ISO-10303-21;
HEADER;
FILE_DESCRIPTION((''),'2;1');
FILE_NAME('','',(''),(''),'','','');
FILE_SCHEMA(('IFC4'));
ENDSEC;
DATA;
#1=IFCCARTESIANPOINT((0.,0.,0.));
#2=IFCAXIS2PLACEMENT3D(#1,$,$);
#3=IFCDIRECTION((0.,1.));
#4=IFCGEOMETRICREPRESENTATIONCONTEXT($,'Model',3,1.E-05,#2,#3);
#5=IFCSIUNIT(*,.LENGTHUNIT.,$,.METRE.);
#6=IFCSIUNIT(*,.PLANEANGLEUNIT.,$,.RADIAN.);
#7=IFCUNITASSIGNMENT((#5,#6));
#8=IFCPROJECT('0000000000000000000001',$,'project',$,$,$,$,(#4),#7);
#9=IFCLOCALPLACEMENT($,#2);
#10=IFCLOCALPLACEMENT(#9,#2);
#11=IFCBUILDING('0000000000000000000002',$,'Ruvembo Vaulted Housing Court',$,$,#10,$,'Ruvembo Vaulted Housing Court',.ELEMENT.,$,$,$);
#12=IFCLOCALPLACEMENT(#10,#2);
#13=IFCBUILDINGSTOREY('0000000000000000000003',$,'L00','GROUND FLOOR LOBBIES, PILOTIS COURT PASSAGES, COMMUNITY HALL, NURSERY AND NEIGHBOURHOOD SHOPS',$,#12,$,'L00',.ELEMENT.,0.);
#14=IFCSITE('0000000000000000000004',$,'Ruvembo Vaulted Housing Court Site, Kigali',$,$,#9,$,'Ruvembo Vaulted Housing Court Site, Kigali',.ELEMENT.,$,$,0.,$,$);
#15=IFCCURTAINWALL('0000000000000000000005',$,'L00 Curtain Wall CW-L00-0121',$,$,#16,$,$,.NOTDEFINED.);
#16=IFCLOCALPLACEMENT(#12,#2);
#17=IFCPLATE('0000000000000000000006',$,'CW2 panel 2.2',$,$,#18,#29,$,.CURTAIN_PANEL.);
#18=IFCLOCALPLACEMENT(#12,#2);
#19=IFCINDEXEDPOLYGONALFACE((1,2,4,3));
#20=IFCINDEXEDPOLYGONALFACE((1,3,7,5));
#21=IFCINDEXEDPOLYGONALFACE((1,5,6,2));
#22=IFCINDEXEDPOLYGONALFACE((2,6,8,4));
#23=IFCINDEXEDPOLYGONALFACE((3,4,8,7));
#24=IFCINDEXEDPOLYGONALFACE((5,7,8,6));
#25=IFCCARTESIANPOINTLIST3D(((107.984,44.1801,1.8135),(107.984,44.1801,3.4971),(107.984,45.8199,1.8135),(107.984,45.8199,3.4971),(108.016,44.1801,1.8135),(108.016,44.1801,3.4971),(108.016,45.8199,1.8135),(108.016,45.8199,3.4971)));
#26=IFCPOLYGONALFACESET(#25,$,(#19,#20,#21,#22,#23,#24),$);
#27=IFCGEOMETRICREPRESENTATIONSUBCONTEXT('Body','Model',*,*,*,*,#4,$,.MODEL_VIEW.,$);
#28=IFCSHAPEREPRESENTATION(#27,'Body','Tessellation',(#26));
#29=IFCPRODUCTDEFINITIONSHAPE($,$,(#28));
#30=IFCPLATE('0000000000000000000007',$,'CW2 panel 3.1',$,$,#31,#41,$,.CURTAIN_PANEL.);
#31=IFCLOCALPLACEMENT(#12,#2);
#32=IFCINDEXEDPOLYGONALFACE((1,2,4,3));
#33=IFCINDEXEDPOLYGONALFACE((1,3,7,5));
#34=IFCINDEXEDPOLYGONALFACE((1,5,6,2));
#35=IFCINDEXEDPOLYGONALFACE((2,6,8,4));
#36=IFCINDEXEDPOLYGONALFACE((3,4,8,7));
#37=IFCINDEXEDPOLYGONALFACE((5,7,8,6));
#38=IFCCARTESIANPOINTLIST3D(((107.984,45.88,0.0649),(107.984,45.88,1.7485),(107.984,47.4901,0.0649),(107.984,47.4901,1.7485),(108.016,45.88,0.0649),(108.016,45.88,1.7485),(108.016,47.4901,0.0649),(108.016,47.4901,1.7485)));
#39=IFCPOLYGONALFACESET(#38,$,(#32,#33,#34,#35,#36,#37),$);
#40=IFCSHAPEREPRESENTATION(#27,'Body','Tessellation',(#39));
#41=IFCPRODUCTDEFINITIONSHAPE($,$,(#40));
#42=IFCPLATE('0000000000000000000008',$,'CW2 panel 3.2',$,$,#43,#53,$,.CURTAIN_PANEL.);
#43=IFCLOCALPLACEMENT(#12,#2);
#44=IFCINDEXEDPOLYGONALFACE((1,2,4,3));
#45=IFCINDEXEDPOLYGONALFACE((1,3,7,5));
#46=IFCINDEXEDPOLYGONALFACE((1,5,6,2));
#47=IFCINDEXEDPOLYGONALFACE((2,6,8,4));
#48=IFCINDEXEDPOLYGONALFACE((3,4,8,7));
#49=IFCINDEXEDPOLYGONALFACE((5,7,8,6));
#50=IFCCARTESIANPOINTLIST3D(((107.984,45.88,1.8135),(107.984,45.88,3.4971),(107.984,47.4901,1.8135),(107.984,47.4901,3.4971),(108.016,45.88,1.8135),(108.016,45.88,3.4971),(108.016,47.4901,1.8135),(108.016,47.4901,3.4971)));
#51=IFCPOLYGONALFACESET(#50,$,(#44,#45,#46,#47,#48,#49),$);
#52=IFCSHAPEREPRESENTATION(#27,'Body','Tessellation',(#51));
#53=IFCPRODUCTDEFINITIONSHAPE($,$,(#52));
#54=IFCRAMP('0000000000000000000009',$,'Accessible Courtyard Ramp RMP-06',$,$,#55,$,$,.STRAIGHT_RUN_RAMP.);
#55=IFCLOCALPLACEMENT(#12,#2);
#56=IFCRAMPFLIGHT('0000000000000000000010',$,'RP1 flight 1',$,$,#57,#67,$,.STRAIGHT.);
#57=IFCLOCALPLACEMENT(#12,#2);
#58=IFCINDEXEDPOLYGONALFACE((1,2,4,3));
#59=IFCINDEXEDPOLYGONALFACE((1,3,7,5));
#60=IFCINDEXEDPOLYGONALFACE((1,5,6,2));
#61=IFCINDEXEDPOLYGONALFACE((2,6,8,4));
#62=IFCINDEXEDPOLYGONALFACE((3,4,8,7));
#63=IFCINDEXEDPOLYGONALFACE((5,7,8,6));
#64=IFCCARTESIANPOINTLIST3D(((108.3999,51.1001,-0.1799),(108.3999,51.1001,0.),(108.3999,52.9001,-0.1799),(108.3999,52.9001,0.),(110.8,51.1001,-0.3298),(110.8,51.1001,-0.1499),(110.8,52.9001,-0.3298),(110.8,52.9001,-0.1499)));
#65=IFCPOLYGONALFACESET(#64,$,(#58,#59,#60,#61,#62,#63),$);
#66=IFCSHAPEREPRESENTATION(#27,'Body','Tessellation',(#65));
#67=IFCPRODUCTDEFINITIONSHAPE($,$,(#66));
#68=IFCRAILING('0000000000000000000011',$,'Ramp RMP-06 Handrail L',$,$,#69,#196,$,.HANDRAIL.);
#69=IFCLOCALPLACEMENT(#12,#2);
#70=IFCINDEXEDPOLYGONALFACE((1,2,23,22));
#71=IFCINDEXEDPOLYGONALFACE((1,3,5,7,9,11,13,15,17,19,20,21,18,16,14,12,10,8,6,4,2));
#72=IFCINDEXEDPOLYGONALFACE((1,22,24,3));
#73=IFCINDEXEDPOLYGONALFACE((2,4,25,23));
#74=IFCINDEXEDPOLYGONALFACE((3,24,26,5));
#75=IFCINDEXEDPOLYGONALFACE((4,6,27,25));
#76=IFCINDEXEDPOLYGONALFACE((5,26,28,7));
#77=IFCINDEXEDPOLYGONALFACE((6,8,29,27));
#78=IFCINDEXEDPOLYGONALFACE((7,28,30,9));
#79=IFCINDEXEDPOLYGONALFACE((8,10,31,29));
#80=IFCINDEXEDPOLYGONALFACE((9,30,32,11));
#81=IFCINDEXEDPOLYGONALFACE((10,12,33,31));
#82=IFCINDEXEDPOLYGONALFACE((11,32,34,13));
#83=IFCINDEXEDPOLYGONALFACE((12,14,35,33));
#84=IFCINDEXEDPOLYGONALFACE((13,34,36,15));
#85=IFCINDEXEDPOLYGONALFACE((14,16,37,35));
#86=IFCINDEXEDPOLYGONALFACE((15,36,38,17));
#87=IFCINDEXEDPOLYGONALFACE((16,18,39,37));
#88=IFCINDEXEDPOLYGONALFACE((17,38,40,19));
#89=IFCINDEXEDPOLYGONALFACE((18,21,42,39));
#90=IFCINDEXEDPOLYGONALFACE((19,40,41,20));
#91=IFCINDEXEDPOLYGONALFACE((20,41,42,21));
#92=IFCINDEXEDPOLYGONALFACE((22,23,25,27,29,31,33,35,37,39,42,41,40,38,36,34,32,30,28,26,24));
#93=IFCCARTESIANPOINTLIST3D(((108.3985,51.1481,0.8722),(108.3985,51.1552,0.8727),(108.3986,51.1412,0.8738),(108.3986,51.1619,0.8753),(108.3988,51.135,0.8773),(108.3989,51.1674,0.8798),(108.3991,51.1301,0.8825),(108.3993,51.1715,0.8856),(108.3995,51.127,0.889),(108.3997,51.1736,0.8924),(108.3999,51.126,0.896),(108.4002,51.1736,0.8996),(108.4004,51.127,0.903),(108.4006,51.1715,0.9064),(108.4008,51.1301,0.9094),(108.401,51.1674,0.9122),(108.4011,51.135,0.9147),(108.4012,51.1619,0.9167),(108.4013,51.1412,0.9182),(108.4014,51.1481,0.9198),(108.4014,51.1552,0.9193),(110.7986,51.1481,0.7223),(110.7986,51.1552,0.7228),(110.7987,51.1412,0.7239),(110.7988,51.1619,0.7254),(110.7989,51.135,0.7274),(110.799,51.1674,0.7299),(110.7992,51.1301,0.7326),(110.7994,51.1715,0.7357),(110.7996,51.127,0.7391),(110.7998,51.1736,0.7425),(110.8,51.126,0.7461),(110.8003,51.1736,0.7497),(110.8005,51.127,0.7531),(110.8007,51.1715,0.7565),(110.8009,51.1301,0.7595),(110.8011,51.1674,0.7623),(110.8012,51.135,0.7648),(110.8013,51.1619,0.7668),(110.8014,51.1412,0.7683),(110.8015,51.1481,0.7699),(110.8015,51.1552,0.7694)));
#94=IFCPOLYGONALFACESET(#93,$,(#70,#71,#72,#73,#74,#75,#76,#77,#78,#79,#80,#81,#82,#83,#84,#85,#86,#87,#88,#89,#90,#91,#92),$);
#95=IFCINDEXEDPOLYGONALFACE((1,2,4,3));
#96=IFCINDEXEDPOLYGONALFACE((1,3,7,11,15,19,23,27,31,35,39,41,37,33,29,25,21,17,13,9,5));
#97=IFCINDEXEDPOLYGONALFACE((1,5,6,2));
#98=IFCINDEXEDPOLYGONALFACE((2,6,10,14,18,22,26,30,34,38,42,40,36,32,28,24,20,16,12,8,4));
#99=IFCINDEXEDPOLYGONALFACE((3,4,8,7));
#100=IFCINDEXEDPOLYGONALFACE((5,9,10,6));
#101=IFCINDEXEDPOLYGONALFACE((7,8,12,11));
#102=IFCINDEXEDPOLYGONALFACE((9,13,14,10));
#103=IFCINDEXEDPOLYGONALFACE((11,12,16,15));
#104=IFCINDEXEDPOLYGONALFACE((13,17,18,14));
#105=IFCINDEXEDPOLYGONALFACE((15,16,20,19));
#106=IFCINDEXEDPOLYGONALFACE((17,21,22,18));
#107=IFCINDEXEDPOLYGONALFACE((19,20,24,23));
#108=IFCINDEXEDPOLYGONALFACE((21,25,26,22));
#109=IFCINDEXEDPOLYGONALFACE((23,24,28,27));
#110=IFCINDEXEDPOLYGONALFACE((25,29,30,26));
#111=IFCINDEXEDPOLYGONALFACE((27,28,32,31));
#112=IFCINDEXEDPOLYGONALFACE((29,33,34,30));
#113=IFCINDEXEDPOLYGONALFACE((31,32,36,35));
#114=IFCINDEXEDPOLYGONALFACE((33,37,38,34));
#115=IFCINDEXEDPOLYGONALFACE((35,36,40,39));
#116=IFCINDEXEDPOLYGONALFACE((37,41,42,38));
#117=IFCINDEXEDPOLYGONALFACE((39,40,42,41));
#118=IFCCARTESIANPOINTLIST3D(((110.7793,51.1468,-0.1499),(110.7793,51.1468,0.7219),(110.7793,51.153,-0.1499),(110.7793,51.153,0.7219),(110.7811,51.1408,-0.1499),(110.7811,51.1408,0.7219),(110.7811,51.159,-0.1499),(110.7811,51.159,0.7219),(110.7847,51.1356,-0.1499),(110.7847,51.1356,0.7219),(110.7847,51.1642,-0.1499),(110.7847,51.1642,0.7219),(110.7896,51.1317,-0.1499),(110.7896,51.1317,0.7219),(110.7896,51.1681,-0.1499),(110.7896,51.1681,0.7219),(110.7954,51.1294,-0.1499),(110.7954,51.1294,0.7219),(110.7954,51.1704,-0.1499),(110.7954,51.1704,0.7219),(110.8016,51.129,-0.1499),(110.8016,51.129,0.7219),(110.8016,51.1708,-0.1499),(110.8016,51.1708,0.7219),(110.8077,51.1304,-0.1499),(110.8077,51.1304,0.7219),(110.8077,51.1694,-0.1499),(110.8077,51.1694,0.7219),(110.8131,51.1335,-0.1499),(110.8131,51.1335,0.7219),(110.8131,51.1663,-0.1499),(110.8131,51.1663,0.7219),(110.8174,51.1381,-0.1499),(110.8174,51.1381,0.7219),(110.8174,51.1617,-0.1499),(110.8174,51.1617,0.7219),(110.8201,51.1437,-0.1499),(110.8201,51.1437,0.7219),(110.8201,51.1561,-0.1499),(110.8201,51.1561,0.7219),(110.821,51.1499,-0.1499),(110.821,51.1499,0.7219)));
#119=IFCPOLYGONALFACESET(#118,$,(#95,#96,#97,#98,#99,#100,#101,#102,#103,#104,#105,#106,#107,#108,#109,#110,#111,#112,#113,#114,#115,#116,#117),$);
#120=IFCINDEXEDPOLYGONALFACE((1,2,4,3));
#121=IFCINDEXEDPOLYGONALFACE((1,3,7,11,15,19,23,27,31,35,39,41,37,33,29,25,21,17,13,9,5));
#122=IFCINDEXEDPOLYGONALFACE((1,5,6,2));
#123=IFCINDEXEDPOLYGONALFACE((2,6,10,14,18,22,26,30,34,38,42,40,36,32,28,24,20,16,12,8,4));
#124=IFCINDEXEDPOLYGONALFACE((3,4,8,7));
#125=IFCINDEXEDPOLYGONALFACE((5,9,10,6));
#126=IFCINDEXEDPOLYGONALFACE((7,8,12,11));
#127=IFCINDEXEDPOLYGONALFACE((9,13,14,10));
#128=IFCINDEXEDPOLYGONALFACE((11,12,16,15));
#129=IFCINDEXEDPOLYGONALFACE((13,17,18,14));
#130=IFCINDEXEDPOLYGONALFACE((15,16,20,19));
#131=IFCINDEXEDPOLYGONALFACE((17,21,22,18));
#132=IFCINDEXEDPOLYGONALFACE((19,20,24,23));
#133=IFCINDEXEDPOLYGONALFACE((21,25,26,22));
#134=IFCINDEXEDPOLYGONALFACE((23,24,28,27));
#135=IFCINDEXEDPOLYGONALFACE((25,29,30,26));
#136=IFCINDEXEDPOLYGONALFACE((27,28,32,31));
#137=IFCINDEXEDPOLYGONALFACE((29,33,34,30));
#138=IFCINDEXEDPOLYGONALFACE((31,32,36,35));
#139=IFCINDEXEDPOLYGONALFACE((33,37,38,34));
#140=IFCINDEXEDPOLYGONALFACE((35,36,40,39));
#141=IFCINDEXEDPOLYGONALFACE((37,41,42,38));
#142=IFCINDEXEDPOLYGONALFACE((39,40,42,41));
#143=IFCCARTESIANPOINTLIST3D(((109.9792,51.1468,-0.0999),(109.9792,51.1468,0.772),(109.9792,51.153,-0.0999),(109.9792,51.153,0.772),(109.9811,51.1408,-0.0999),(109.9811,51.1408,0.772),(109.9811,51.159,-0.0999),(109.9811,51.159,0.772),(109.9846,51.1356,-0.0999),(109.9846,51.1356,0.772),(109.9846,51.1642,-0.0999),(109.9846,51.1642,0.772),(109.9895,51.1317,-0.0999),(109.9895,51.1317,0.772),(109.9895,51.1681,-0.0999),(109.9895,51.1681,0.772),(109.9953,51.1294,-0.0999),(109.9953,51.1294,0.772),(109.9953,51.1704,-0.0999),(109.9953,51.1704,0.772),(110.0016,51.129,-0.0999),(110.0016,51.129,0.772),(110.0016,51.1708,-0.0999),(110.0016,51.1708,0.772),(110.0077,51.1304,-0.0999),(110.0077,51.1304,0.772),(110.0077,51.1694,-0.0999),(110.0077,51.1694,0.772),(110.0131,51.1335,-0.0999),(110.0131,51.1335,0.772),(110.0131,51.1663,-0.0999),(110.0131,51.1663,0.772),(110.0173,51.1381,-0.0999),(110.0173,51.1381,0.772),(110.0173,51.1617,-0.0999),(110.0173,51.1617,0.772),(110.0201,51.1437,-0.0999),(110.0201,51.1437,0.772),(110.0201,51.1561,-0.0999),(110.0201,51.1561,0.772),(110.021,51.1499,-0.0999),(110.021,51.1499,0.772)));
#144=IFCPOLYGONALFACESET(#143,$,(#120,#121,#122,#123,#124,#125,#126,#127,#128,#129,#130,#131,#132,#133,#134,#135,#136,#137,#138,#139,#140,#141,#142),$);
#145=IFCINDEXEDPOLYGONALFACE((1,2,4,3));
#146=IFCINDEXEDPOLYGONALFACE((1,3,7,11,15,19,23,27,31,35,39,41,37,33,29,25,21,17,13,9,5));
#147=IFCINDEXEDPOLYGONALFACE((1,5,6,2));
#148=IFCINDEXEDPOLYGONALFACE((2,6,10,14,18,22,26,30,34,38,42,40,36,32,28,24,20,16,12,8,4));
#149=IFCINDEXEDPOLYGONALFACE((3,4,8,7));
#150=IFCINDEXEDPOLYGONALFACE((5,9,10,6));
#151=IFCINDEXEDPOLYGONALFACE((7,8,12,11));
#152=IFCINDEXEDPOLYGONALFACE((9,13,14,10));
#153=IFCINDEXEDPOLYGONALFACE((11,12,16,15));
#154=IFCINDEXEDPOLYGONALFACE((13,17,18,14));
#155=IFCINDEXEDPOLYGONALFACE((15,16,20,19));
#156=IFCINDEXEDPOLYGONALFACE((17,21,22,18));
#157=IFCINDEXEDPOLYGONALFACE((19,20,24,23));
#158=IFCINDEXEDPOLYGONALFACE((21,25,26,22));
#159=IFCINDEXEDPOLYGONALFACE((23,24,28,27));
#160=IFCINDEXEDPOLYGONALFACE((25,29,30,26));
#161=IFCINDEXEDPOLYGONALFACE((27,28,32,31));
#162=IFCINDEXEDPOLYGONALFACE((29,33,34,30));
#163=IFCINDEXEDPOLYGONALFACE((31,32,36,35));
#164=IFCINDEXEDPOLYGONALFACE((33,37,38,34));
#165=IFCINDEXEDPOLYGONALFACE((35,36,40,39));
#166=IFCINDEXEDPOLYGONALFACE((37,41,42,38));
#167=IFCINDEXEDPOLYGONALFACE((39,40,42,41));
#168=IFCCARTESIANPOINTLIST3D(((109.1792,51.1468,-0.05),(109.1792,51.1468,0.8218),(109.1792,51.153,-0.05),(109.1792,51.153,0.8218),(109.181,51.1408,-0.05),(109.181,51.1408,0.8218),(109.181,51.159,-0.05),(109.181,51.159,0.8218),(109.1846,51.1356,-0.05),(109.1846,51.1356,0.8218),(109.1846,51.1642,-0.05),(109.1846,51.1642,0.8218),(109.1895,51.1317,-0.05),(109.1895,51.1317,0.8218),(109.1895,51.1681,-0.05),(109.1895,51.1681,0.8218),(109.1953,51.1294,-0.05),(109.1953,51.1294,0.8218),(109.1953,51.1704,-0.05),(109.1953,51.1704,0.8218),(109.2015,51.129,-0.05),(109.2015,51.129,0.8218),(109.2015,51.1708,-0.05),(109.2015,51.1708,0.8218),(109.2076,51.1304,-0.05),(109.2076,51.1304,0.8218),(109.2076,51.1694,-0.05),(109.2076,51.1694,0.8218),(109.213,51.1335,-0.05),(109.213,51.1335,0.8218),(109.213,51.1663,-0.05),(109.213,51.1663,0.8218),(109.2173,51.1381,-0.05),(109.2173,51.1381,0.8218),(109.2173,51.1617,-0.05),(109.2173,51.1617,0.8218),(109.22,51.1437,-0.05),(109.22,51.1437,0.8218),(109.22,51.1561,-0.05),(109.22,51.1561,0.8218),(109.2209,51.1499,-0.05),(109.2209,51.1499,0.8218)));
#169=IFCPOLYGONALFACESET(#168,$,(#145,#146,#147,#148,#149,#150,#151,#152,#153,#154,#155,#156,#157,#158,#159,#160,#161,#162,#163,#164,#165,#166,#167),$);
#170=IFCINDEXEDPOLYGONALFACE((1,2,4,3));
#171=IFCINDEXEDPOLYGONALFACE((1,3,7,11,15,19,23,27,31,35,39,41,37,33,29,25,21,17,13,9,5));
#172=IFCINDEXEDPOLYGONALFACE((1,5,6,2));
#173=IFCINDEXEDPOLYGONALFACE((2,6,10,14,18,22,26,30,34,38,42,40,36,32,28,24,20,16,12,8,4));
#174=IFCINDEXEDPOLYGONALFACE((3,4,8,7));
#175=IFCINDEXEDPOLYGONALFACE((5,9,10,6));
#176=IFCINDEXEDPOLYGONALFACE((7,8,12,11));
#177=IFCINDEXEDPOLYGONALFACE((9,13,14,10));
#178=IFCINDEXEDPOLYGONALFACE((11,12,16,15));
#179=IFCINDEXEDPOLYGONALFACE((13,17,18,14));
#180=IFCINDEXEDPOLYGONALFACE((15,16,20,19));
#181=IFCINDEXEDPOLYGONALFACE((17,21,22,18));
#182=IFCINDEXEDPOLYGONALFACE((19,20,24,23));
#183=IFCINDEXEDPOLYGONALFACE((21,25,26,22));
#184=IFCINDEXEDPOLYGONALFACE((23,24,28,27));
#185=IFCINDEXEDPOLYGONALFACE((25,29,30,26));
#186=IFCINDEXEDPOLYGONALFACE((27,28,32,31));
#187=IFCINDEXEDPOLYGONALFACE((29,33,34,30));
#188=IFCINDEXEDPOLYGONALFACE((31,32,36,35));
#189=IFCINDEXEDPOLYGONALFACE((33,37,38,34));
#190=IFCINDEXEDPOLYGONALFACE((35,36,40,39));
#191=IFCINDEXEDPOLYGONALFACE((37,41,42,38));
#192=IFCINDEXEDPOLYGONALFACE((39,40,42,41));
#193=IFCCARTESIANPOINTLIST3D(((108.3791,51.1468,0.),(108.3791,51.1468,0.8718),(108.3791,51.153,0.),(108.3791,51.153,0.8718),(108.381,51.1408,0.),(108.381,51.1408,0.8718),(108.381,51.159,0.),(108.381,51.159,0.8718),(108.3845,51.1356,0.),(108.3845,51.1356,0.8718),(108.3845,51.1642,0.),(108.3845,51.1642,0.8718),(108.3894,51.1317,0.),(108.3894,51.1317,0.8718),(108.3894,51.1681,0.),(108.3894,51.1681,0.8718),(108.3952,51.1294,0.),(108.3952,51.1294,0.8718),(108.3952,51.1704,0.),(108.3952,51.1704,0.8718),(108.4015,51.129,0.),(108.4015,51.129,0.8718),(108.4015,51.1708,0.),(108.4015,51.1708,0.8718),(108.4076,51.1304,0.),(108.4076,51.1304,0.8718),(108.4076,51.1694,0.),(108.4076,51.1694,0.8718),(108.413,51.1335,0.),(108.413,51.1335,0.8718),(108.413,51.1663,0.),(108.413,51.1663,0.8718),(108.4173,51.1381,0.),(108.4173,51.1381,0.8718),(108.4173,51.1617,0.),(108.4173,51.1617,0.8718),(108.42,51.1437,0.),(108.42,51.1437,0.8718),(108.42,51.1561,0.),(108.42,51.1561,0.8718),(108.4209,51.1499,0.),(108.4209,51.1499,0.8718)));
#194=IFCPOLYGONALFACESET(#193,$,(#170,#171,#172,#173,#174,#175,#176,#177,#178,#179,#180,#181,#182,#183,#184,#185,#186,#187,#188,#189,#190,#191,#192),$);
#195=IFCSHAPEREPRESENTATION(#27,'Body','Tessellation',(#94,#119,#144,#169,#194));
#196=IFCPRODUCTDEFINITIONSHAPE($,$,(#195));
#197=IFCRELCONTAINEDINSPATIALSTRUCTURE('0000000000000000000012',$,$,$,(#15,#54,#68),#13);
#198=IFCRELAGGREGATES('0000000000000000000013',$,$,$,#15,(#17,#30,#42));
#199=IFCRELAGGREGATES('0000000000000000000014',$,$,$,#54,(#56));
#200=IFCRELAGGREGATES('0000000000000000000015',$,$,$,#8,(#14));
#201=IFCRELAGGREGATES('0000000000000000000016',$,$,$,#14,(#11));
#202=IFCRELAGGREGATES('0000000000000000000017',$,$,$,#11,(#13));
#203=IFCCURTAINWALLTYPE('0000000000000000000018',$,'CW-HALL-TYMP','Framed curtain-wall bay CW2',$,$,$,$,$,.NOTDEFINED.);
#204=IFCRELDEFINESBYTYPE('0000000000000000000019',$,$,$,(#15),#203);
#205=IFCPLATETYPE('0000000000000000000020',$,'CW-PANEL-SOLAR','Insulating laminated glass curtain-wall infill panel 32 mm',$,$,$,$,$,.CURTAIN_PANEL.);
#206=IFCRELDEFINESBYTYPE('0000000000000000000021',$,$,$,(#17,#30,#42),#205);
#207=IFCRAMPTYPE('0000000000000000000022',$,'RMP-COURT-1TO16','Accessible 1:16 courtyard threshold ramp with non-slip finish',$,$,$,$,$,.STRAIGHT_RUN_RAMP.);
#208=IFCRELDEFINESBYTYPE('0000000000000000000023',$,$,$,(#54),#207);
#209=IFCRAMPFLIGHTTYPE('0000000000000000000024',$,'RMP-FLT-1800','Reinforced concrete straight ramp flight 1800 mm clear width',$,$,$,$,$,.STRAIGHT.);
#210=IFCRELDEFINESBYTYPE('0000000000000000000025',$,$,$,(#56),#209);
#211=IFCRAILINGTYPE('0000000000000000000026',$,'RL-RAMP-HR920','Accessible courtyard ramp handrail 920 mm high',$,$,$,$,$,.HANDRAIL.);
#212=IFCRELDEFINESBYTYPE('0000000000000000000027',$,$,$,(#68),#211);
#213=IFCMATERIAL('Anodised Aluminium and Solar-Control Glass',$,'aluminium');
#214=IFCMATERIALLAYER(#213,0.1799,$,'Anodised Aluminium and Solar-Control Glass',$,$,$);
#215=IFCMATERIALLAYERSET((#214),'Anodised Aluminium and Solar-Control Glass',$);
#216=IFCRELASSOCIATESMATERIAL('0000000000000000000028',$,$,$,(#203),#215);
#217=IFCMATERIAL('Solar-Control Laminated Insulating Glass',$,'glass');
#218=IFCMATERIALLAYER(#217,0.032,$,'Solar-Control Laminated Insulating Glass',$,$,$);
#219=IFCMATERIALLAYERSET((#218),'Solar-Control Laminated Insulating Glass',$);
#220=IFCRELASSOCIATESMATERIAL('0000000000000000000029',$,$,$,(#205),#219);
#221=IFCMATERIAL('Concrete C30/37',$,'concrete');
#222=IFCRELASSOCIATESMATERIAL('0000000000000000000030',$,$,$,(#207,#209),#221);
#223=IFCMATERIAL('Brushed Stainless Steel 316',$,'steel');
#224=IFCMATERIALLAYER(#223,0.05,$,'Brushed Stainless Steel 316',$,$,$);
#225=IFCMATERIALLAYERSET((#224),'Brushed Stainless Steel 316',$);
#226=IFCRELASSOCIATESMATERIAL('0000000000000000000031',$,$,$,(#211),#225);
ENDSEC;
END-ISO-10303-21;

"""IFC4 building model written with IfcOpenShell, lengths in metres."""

from ifc_helpers import new_model, si_unit, direction, frame, origin, origin_2d, place, context, subcontext, project, spatial, polyline, rectangle, circle, outline, extrude, material, layer, layer_set, type_object, element, aggregate, save


model = new_model("IFC4")

# Units and contexts
model_context = context("Model", 3, precision=1e-05, world=origin(), true_north=direction((0.0, 1.0)))
body_context = subcontext(model_context, "Body", "Model", "MODEL_VIEW")
ifc_project = project(units=[si_unit("LENGTHUNIT", "METRE"), si_unit("PLANEANGLEUNIT", "RADIAN")], contexts=[model_context])

# Site, building, storey
site_placement = place(None, origin())
site = spatial("IfcSite", under=ifc_project, at=site_placement, Name="Ruvembo Vaulted Housing Court Site, Kigali", LongName="Ruvembo Vaulted Housing Court Site, Kigali", CompositionType="ELEMENT", RefElevation=0.0)
building_placement = place(site_placement, origin())
building = spatial("IfcBuilding", under=site, at=building_placement, Name="Ruvembo Vaulted Housing Court", LongName="Ruvembo Vaulted Housing Court", CompositionType="ELEMENT")
storey_placement = place(building_placement, origin())
storey = spatial("IfcBuildingStorey", under=building, at=storey_placement, Name="L00", Description="GROUND FLOOR LOBBIES, PILOTIS COURT PASSAGES, COMMUNITY HALL, NURSERY AND NEIGHBOURHOOD SHOPS", LongName="L00", CompositionType="ELEMENT", Elevation=0.0)

# Curtain wall
ifc_material_1 = material(Name="Anodised Aluminium and Solar-Control Glass", Category="aluminium")
ifc_layer_1 = layer(ifc_material_1, 0.1799, Name="Anodised Aluminium and Solar-Control Glass")
ifc_layer_set_1 = layer_set([ifc_layer_1], Name="Anodised Aluminium and Solar-Control Glass")
curtain_wall_type = type_object("IfcCurtainWallType", Name="CW-HALL-TYMP", Description="Framed curtain-wall bay CW2", PredefinedType="NOTDEFINED", material=ifc_layer_set_1)
curtain_wall_1_placement = place(storey_placement, origin())
curtain_wall_1 = element("IfcCurtainWall", 1, at=curtain_wall_1_placement, inside=storey, type_object=curtain_wall_type, Name="L00 Curtain Wall CW-L00-0121", PredefinedType="NOTDEFINED")

# Plates
ifc_material_2 = material(Name="Solar-Control Laminated Insulating Glass", Category="glass")
ifc_layer_2 = layer(ifc_material_2, 0.032, Name="Solar-Control Laminated Insulating Glass")
ifc_layer_set_2 = layer_set([ifc_layer_2], Name="Solar-Control Laminated Insulating Glass")
plate_type_1 = type_object("IfcPlateType", Name="CW-PANEL-SOLAR", Description="Insulating laminated glass curtain-wall infill panel 32 mm", PredefinedType="CURTAIN_PANEL", material=ifc_layer_set_2)
plate_1_placement = place(storey_placement, frame((108.0, 45.0, 1.8135), z_axis=(0.0, 0.0, 1.0), x_axis=(0.0, 1.0, 0.0)))
plate_1 = element("IfcPlate", 2, at=plate_1_placement, type_object=plate_type_1, Name="CW2 panel 2.2", PredefinedType="CURTAIN_PANEL", context=body_context, shape_type="SweptSolid", body=[
    extrude(rectangle(XDim=1.6399, YDim=0.032, at=origin_2d()), origin(), (0.0, 0.0, 1.0), 1.6836),
])
plate_2_placement = place(storey_placement, frame((108.0, 46.6851, 0.0649), z_axis=(0.0, 0.0, 1.0), x_axis=(0.0, 1.0, 0.0)))
plate_2 = element("IfcPlate", 3, at=plate_2_placement, type_object=plate_type_1, Name="CW2 panel 3.1", PredefinedType="CURTAIN_PANEL", context=body_context, shape_type="SweptSolid", body=[
    extrude(rectangle(XDim=1.6101, YDim=0.032, at=origin_2d()), origin(), (0.0, 0.0, 1.0), 1.6836),
])
plate_3_placement = place(storey_placement, frame((108.0, 46.6851, 1.8135), z_axis=(0.0, 0.0, 1.0), x_axis=(0.0, 1.0, 0.0)))
plate_3 = element("IfcPlate", 4, at=plate_3_placement, type_object=plate_type_1, Name="CW2 panel 3.2", PredefinedType="CURTAIN_PANEL", context=body_context, shape_type="SweptSolid", body=[
    extrude(rectangle(XDim=1.6101, YDim=0.032, at=origin_2d()), origin(), (0.0, 0.0, 1.0), 1.6836),
])
aggregate(curtain_wall_1, [plate_1, plate_2, plate_3])

# Ramp, ramp flight
ifc_material_3 = material(Name="Concrete C30/37", Category="concrete")
ramp_type = type_object("IfcRampType", Name="RMP-COURT-1TO16", Description="Accessible 1:16 courtyard threshold ramp with non-slip finish", PredefinedType="STRAIGHT_RUN_RAMP", material=ifc_material_3)
ramp_placement = place(storey_placement, origin())
ramp = element("IfcRamp", 5, at=ramp_placement, inside=storey, type_object=ramp_type, Name="Accessible Courtyard Ramp RMP-06", PredefinedType="STRAIGHT_RUN_RAMP")
ramp_flight_type = type_object("IfcRampFlightType", Name="RMP-FLT-1800", Description="Reinforced concrete straight ramp flight 1800 mm clear width", PredefinedType="STRAIGHT", material=ifc_material_3)
ramp_flight_placement = place(storey_placement, frame((110.8, 52.0, -0.1499), z_axis=(0.0, 0.0, 1.0), x_axis=(-1.0, 0.0, 0.0)))
ramp_flight = element("IfcRampFlight", 6, at=ramp_flight_placement, type_object=ramp_flight_type, Name="RP1 flight 1", PredefinedType="STRAIGHT", context=body_context, shape_type="SweptSolid", body=[
    extrude(outline(polyline([(0.0, 0.0), (2.4001, 0.1499), (2.4001, -0.03), (0.0, -0.1799), (0.0, 0.0)])), frame((0.0, 0.8999, 0.0), z_axis=(0.0, -1.0, 0.0), x_axis=(1.0, 0.0, 0.0)), (0.0, 0.0, 1.0), 1.8),
])
aggregate(ramp, [ramp_flight])

# Railing
ifc_material_4 = material(Name="Brushed Stainless Steel 316", Category="steel")
ifc_layer_3 = layer(ifc_material_4, 0.05, Name="Brushed Stainless Steel 316")
ifc_layer_set_3 = layer_set([ifc_layer_3], Name="Brushed Stainless Steel 316")
railing_type = type_object("IfcRailingType", Name="RL-RAMP-HR920", Description="Accessible courtyard ramp handrail 920 mm high", PredefinedType="HANDRAIL", material=ifc_layer_set_3)
for number, where, name in (
    (7, (110.8, 51.1499, -0.1499), "Ramp RMP-06 Handrail L"),
):
    element("IfcRailing", number, at=place(storey_placement, frame(where)), inside=storey, type_object=railing_type, Name=name, PredefinedType="HANDRAIL", context=body_context, shape_type="SweptSolid", body=[
        extrude(circle(Radius=0.0239, at=origin_2d()), frame((0.0, 0.0, 0.896), z_axis=(-0.998055, 0.0, 0.062334), x_axis=(0.0, -1.0, 0.0)), (0.0, 0.0, 1.0), 2.4048),
        extrude(circle(Radius=0.021, at=origin_2d()), origin(), (0.0, 0.0, 1.0), 0.8718),
        extrude(circle(Radius=0.021, at=origin_2d()), frame((-0.8, 0.0, 0.05)), (0.0, 0.0, 1.0), 0.8718),
        extrude(circle(Radius=0.021, at=origin_2d()), frame((-1.6001, 0.0, 0.0999)), (0.0, 0.0, 1.0), 0.8718),
        extrude(circle(Radius=0.021, at=origin_2d()), frame((-2.4001, 0.0, 0.1499)), (0.0, 0.0, 1.0), 0.8718),
    ])

save(model, "model.ifc")
